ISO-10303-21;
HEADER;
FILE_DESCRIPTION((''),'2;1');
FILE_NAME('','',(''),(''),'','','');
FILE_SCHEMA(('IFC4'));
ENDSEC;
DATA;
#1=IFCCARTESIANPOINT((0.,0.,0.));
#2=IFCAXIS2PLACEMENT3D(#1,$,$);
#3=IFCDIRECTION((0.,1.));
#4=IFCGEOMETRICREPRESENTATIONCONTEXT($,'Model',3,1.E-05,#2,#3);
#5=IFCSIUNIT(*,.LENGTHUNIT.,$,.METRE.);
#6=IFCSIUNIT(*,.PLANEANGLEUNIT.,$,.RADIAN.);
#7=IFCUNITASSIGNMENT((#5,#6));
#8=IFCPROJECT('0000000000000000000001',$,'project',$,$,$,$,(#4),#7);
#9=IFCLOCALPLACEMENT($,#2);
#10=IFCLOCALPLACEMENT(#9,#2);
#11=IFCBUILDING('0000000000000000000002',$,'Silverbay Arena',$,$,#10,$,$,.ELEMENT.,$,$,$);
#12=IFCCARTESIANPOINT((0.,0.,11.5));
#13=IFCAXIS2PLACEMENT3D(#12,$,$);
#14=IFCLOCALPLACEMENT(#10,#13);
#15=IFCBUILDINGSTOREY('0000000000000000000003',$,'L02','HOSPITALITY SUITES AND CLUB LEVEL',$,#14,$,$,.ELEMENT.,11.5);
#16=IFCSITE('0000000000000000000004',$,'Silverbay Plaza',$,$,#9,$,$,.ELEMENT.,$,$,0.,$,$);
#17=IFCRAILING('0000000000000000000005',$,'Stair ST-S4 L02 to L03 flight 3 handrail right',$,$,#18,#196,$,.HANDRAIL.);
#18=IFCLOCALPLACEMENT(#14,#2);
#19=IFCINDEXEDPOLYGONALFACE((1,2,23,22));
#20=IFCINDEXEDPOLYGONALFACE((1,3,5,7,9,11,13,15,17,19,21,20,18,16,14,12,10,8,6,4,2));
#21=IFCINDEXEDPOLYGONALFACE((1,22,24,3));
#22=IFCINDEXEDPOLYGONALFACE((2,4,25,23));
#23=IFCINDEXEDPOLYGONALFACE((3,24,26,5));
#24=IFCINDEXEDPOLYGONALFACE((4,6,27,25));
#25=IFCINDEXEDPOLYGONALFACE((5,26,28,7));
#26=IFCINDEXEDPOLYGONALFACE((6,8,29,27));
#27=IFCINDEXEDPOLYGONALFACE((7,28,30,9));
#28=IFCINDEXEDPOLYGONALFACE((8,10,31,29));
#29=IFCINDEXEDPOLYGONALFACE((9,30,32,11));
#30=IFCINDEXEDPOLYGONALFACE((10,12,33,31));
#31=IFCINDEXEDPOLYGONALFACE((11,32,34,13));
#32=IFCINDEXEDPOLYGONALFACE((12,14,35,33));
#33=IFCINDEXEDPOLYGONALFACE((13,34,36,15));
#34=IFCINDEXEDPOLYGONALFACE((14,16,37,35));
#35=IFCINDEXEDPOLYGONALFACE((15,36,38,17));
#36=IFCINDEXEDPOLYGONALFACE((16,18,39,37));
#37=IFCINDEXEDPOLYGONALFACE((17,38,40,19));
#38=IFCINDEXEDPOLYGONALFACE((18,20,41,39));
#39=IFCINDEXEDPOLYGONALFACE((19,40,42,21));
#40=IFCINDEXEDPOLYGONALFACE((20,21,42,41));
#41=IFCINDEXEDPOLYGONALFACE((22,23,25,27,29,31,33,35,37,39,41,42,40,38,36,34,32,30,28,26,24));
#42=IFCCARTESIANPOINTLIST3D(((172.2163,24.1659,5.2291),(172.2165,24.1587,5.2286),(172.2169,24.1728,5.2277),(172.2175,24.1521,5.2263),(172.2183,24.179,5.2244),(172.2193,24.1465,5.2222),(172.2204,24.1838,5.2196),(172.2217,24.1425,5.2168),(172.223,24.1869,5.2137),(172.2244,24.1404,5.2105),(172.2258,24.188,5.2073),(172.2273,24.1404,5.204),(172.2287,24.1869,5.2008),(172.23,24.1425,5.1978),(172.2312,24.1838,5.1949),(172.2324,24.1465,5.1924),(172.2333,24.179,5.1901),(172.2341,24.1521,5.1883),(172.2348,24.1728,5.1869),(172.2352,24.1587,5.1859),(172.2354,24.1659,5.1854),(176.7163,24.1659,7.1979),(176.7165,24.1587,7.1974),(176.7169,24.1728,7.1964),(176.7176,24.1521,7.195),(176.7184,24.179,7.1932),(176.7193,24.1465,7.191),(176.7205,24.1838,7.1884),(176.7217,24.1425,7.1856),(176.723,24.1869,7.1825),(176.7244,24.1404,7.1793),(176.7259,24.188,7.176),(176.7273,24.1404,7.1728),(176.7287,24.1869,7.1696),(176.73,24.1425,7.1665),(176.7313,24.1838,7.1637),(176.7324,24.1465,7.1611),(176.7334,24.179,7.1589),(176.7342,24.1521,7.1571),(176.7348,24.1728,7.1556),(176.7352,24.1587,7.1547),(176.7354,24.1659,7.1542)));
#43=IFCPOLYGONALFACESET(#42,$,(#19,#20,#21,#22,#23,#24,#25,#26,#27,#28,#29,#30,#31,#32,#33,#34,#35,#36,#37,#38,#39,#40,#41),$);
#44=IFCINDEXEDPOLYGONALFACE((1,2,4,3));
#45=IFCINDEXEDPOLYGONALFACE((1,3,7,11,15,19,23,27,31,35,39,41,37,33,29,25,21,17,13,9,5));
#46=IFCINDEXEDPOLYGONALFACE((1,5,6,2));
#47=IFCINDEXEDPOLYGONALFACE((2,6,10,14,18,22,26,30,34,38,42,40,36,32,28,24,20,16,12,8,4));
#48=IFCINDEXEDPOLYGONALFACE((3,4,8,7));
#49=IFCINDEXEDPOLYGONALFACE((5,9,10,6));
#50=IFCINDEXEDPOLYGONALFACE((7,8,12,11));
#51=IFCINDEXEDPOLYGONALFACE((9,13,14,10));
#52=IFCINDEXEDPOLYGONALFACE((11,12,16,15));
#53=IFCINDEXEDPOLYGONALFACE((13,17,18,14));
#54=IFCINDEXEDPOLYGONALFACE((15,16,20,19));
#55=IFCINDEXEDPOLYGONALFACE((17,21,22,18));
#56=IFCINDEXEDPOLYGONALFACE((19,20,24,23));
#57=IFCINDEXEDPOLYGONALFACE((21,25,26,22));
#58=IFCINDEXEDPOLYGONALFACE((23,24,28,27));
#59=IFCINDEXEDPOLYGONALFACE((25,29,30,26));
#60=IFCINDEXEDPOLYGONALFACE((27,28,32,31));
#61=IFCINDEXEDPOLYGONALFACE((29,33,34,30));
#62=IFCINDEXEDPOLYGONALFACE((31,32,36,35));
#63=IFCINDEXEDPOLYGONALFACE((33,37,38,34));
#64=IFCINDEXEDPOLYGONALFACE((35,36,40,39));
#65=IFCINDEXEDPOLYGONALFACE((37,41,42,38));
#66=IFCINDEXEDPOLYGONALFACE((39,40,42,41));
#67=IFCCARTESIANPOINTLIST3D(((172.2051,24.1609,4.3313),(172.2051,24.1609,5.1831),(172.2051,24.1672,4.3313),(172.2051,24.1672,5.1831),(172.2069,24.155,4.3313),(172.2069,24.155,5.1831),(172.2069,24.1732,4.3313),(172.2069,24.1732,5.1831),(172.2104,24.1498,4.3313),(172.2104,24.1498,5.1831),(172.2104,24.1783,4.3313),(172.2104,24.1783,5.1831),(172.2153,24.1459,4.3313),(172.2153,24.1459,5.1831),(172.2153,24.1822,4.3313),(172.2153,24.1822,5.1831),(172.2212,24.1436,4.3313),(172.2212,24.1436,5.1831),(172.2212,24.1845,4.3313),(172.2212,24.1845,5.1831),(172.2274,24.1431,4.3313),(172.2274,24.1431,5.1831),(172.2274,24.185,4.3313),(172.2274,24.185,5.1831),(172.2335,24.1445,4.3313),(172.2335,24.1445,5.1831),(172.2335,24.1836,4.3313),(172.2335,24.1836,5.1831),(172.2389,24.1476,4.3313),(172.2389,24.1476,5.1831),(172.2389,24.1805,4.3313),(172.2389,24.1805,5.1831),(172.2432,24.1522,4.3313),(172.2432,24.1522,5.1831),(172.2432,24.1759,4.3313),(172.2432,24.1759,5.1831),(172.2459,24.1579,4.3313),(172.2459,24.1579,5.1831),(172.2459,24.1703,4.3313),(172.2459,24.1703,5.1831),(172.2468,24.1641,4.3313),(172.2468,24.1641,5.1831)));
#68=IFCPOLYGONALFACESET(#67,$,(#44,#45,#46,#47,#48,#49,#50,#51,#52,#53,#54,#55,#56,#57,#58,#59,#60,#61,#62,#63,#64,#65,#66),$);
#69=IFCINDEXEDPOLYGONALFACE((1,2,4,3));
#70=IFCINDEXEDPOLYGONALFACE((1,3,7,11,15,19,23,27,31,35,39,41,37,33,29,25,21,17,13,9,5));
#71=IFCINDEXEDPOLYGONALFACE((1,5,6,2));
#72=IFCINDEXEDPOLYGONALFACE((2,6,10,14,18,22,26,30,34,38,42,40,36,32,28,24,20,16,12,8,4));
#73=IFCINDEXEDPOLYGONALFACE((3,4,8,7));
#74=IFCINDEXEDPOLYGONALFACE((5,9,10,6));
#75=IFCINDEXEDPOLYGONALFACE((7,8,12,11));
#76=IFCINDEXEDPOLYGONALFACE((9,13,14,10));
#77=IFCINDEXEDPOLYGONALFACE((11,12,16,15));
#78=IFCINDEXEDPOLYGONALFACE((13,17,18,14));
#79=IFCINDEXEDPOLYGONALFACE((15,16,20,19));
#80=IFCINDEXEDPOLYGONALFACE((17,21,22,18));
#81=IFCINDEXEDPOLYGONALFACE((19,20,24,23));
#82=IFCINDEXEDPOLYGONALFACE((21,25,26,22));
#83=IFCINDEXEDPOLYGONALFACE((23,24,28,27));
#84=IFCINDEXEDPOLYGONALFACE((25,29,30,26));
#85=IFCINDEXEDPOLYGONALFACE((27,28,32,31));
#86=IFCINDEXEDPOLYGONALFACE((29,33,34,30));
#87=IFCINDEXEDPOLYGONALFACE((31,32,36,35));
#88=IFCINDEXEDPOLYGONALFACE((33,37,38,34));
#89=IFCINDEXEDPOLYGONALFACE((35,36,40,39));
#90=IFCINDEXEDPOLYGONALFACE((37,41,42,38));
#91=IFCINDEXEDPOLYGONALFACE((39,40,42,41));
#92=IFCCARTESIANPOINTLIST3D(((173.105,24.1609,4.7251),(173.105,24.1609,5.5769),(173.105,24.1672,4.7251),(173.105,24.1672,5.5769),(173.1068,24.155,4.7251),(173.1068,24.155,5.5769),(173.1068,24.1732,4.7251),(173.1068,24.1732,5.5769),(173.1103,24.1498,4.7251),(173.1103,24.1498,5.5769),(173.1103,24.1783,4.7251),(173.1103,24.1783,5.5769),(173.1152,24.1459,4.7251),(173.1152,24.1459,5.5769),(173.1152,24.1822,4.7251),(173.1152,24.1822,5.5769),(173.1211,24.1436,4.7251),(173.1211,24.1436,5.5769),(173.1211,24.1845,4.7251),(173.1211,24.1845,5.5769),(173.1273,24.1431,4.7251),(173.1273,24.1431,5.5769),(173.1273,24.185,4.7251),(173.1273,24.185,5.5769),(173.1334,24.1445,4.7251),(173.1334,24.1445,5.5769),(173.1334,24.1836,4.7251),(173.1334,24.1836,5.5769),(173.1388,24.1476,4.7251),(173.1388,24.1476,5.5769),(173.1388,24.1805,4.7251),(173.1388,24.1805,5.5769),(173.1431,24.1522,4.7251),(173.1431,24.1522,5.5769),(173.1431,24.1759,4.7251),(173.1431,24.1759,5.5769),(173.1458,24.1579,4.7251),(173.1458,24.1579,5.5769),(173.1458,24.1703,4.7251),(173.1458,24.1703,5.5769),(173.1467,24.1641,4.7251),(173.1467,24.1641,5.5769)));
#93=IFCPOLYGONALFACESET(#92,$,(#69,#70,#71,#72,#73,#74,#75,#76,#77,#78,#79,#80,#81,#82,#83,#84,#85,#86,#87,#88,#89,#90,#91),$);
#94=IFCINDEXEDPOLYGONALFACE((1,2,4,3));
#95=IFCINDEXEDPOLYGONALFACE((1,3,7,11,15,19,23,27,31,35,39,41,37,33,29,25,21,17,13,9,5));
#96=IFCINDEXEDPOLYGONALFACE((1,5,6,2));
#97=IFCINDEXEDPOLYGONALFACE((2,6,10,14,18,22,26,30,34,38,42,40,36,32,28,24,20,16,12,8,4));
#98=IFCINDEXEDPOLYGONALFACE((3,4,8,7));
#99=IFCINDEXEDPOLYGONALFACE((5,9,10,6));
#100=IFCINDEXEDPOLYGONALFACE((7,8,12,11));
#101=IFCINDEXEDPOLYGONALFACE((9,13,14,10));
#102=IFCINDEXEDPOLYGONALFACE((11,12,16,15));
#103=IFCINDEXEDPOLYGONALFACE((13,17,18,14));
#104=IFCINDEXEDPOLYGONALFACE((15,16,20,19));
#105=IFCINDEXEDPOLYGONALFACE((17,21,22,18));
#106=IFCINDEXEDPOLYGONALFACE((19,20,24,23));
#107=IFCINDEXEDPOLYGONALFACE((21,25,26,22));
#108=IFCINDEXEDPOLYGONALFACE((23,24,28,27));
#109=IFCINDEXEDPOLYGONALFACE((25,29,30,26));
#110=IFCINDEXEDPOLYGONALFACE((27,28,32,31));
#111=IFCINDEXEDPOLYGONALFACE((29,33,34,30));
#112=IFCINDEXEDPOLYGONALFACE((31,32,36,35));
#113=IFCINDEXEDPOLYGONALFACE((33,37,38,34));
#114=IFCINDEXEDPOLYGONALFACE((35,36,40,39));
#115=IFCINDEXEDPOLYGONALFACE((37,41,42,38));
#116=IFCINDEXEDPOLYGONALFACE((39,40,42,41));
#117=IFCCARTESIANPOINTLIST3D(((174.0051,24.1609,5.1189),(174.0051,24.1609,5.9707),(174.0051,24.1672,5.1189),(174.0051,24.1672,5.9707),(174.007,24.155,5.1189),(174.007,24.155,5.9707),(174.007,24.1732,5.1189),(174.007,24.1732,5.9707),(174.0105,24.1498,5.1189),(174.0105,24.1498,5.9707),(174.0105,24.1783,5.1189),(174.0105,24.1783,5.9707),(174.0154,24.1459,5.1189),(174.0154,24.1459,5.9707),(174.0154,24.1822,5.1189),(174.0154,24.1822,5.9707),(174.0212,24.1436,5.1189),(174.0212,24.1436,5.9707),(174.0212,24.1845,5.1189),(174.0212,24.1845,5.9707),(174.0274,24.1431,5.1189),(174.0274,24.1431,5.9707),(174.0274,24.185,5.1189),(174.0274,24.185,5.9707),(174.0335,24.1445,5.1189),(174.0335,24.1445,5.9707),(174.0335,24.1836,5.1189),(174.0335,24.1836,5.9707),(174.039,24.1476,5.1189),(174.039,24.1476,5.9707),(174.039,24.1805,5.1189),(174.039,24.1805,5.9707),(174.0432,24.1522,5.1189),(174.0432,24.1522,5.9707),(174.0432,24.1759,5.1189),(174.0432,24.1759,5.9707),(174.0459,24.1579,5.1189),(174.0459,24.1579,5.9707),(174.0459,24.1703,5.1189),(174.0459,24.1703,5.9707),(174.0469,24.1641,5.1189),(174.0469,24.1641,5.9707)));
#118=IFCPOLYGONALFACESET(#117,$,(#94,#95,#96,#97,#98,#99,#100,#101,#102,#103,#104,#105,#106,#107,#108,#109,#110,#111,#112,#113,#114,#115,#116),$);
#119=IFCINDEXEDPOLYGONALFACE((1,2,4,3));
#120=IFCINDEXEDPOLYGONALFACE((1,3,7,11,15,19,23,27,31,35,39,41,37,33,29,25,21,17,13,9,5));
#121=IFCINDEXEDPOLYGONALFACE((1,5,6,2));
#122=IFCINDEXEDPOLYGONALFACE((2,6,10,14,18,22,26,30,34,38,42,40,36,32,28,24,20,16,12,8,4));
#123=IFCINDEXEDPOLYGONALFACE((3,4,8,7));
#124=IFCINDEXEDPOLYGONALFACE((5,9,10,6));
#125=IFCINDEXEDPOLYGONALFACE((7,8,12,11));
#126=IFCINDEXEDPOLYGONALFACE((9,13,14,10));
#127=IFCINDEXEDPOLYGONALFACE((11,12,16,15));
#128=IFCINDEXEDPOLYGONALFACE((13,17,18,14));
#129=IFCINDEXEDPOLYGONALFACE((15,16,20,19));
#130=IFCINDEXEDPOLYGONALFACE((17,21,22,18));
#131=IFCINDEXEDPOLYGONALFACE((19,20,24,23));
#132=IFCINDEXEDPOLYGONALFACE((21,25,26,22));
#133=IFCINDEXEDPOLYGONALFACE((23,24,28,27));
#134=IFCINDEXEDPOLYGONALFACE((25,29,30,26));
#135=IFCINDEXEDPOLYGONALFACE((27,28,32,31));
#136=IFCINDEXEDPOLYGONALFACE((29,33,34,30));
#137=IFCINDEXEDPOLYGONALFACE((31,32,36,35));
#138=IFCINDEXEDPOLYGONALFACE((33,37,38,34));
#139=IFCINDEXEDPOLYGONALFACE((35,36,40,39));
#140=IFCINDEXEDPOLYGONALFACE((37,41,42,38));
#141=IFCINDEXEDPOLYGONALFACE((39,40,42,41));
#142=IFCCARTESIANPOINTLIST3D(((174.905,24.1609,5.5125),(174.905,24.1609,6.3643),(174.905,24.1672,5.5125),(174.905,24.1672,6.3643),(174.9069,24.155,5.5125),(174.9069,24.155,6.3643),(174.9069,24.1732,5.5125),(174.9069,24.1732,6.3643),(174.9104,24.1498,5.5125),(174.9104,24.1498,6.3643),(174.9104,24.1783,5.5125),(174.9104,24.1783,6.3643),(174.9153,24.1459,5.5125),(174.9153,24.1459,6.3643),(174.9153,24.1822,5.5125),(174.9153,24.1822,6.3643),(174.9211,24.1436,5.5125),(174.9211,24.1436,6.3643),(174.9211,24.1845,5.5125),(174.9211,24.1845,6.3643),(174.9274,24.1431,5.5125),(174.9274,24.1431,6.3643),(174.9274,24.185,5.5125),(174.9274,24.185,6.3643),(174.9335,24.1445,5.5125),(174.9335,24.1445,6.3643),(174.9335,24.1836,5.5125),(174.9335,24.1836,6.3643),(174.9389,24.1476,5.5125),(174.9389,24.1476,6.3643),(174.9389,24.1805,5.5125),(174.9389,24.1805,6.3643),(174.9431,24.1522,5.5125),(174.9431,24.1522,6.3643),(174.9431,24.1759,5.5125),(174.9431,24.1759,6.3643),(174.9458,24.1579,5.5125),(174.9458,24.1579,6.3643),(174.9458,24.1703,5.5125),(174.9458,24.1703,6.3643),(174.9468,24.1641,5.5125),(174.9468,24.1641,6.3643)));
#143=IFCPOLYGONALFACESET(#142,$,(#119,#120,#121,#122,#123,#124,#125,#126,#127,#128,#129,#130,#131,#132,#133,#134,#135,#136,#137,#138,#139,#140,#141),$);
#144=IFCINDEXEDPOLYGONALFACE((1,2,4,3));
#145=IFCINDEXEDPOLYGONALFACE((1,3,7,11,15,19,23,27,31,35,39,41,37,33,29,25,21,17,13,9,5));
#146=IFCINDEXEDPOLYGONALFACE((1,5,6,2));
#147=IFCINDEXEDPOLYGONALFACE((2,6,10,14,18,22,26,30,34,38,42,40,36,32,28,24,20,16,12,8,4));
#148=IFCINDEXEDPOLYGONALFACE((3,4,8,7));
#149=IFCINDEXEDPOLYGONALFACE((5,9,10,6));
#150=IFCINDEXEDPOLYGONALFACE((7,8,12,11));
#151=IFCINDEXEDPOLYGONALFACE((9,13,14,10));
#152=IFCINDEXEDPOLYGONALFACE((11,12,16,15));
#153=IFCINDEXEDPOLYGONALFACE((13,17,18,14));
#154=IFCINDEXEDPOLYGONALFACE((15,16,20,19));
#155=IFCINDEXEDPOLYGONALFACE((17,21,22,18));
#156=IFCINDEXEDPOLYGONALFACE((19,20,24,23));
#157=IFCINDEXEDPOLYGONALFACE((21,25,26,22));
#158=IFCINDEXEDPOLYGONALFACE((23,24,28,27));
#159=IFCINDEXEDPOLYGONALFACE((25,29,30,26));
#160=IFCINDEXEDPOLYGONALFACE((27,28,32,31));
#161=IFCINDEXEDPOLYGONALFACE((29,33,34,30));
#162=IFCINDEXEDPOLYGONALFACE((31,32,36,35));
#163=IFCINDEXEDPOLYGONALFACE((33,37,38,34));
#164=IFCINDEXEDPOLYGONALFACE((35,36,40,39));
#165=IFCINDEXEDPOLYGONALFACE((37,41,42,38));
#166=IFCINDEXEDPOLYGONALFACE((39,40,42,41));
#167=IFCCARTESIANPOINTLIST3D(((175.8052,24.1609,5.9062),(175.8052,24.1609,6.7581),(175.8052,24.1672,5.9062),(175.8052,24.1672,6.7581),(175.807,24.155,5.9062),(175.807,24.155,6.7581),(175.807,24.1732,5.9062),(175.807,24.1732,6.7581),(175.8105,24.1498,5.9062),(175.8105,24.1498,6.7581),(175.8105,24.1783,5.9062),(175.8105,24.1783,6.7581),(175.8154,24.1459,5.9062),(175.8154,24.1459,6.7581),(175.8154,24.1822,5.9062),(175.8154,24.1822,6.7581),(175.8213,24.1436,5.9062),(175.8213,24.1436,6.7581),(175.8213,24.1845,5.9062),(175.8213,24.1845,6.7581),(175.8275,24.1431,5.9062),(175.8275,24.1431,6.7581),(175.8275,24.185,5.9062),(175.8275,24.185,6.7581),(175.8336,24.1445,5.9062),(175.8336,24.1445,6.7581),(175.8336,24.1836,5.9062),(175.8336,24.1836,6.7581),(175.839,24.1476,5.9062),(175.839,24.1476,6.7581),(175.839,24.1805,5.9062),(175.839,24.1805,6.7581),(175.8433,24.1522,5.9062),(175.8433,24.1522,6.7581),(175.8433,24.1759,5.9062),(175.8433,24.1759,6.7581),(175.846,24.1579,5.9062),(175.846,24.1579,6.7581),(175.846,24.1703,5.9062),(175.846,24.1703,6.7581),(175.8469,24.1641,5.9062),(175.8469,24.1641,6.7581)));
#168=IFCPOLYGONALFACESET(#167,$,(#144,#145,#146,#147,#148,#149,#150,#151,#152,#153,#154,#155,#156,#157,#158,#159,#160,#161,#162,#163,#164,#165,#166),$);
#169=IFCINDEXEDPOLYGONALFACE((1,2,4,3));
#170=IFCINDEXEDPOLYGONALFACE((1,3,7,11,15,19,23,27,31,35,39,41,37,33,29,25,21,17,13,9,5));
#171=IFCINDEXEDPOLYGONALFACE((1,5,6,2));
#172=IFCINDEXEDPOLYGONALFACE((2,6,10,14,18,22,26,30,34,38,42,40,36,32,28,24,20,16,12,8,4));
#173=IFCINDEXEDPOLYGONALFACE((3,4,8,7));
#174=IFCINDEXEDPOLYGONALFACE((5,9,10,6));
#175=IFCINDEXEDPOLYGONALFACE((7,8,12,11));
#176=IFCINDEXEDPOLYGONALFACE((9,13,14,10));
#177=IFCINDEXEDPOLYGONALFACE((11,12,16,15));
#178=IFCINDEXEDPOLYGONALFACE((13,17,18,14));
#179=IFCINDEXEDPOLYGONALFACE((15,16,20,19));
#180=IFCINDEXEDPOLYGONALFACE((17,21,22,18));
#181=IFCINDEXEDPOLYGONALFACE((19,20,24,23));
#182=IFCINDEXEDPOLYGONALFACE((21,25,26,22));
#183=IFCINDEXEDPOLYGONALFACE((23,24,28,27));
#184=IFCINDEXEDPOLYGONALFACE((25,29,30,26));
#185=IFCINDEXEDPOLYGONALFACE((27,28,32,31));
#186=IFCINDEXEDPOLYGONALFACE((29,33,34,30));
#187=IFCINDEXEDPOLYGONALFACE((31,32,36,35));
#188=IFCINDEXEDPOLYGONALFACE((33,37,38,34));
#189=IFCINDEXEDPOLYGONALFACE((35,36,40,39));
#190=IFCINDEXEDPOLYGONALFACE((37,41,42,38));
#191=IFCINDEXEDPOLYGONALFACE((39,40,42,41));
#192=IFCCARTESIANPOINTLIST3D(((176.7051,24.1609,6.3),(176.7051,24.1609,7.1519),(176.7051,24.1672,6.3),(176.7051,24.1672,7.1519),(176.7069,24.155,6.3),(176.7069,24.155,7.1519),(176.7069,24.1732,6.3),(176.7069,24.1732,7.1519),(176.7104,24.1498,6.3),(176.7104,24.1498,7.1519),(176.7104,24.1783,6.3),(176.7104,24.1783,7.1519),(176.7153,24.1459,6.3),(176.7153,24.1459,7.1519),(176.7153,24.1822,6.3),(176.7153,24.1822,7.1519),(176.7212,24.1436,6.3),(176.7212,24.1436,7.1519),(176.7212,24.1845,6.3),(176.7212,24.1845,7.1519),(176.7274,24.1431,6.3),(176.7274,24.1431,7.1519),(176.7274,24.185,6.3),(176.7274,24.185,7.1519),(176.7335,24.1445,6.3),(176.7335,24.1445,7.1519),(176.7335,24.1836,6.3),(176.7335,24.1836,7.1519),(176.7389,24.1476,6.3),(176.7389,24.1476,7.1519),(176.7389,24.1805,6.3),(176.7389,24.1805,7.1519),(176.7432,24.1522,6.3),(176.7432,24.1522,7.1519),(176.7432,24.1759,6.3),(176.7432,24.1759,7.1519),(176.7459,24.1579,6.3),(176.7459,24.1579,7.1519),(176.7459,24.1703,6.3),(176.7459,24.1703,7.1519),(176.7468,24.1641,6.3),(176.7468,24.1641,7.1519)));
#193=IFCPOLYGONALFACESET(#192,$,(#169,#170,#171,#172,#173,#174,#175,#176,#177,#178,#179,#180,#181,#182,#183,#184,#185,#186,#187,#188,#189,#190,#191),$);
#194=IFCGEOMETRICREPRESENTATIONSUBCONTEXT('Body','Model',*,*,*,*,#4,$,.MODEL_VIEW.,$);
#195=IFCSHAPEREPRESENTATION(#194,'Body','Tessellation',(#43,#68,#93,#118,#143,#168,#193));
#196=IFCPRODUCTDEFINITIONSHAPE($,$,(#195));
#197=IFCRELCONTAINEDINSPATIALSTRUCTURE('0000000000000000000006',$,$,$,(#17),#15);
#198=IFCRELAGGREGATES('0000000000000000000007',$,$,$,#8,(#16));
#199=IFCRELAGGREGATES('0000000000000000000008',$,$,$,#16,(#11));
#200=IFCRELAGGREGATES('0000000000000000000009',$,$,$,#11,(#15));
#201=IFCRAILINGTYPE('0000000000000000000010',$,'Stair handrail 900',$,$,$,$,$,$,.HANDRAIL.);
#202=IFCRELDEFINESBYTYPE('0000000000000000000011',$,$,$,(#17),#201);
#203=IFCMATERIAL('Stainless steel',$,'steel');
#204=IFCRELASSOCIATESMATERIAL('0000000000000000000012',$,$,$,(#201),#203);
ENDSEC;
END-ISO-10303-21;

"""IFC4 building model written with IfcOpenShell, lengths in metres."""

from ifc_helpers import new_model, si_unit, direction, frame, origin, origin_2d, place, context, subcontext, project, spatial, circle, extrude, material, type_object, element, save


model = new_model("IFC4")

# Units and contexts
model_context = context("Model", 3, precision=1e-05, world=origin(), true_north=direction((0.0, 1.0)))
body_context = subcontext(model_context, "Body", "Model", "MODEL_VIEW")
ifc_project = project(units=[si_unit("LENGTHUNIT", "METRE"), si_unit("PLANEANGLEUNIT", "RADIAN")], contexts=[model_context])

# Site, building, storey
site_placement = place(None, origin())
site = spatial("IfcSite", under=ifc_project, at=site_placement, Name="Silverbay Plaza", CompositionType="ELEMENT", RefElevation=0.0)
building_placement = place(site_placement, origin())
building = spatial("IfcBuilding", under=site, at=building_placement, Name="Silverbay Arena", CompositionType="ELEMENT")
storey_placement = place(building_placement, frame((0.0, 0.0, 11.5)))
storey = spatial("IfcBuildingStorey", under=building, at=storey_placement, Name="L02", Description="HOSPITALITY SUITES AND CLUB LEVEL", CompositionType="ELEMENT", Elevation=11.5)

# Railing
ifc_material_1 = material(Name="Stainless steel", Category="steel")
railing_type_1 = type_object("IfcRailingType", Name="Stair handrail 900", PredefinedType="HANDRAIL", material=ifc_material_1)
for number, where, name in (
    (1, (172.2258, 24.1641, 4.3313), "Stair ST-S4 L02 to L03 flight 3 handrail right"),
):
    element("IfcRailing", number, at=place(storey_placement, frame(where)), inside=storey, type_object=railing_type_1, Name=name, PredefinedType="HANDRAIL", context=body_context, shape_type="SweptSolid", body=[
        extrude(circle(Radius=0.0239, at=origin_2d()), frame((0.0, 0.0, 0.876), z_axis=(0.916157, 0.0, 0.400819), x_axis=(0.0, 1.0, 0.0)), (0.0, 0.0, 1.0), 4.9119),
        extrude(circle(Radius=0.021, at=origin_2d()), origin(), (0.0, 0.0, 1.0), 0.8518),
        extrude(circle(Radius=0.021, at=origin_2d()), frame((0.8999, 0.0, 0.3938)), (0.0, 0.0, 1.0), 0.8518),
        extrude(circle(Radius=0.021, at=origin_2d()), frame((1.8, 0.0, 0.7876)), (0.0, 0.0, 1.0), 0.8518),
        extrude(circle(Radius=0.021, at=origin_2d()), frame((2.7, 0.0, 1.1812)), (0.0, 0.0, 1.0), 0.8518),
        extrude(circle(Radius=0.021, at=origin_2d()), frame((3.6001, 0.0, 1.575)), (0.0, 0.0, 1.0), 0.8518),
        extrude(circle(Radius=0.021, at=origin_2d()), frame((4.5, 0.0, 1.9688)), (0.0, 0.0, 1.0), 0.8518),
    ])

save(model, "model.ifc")
